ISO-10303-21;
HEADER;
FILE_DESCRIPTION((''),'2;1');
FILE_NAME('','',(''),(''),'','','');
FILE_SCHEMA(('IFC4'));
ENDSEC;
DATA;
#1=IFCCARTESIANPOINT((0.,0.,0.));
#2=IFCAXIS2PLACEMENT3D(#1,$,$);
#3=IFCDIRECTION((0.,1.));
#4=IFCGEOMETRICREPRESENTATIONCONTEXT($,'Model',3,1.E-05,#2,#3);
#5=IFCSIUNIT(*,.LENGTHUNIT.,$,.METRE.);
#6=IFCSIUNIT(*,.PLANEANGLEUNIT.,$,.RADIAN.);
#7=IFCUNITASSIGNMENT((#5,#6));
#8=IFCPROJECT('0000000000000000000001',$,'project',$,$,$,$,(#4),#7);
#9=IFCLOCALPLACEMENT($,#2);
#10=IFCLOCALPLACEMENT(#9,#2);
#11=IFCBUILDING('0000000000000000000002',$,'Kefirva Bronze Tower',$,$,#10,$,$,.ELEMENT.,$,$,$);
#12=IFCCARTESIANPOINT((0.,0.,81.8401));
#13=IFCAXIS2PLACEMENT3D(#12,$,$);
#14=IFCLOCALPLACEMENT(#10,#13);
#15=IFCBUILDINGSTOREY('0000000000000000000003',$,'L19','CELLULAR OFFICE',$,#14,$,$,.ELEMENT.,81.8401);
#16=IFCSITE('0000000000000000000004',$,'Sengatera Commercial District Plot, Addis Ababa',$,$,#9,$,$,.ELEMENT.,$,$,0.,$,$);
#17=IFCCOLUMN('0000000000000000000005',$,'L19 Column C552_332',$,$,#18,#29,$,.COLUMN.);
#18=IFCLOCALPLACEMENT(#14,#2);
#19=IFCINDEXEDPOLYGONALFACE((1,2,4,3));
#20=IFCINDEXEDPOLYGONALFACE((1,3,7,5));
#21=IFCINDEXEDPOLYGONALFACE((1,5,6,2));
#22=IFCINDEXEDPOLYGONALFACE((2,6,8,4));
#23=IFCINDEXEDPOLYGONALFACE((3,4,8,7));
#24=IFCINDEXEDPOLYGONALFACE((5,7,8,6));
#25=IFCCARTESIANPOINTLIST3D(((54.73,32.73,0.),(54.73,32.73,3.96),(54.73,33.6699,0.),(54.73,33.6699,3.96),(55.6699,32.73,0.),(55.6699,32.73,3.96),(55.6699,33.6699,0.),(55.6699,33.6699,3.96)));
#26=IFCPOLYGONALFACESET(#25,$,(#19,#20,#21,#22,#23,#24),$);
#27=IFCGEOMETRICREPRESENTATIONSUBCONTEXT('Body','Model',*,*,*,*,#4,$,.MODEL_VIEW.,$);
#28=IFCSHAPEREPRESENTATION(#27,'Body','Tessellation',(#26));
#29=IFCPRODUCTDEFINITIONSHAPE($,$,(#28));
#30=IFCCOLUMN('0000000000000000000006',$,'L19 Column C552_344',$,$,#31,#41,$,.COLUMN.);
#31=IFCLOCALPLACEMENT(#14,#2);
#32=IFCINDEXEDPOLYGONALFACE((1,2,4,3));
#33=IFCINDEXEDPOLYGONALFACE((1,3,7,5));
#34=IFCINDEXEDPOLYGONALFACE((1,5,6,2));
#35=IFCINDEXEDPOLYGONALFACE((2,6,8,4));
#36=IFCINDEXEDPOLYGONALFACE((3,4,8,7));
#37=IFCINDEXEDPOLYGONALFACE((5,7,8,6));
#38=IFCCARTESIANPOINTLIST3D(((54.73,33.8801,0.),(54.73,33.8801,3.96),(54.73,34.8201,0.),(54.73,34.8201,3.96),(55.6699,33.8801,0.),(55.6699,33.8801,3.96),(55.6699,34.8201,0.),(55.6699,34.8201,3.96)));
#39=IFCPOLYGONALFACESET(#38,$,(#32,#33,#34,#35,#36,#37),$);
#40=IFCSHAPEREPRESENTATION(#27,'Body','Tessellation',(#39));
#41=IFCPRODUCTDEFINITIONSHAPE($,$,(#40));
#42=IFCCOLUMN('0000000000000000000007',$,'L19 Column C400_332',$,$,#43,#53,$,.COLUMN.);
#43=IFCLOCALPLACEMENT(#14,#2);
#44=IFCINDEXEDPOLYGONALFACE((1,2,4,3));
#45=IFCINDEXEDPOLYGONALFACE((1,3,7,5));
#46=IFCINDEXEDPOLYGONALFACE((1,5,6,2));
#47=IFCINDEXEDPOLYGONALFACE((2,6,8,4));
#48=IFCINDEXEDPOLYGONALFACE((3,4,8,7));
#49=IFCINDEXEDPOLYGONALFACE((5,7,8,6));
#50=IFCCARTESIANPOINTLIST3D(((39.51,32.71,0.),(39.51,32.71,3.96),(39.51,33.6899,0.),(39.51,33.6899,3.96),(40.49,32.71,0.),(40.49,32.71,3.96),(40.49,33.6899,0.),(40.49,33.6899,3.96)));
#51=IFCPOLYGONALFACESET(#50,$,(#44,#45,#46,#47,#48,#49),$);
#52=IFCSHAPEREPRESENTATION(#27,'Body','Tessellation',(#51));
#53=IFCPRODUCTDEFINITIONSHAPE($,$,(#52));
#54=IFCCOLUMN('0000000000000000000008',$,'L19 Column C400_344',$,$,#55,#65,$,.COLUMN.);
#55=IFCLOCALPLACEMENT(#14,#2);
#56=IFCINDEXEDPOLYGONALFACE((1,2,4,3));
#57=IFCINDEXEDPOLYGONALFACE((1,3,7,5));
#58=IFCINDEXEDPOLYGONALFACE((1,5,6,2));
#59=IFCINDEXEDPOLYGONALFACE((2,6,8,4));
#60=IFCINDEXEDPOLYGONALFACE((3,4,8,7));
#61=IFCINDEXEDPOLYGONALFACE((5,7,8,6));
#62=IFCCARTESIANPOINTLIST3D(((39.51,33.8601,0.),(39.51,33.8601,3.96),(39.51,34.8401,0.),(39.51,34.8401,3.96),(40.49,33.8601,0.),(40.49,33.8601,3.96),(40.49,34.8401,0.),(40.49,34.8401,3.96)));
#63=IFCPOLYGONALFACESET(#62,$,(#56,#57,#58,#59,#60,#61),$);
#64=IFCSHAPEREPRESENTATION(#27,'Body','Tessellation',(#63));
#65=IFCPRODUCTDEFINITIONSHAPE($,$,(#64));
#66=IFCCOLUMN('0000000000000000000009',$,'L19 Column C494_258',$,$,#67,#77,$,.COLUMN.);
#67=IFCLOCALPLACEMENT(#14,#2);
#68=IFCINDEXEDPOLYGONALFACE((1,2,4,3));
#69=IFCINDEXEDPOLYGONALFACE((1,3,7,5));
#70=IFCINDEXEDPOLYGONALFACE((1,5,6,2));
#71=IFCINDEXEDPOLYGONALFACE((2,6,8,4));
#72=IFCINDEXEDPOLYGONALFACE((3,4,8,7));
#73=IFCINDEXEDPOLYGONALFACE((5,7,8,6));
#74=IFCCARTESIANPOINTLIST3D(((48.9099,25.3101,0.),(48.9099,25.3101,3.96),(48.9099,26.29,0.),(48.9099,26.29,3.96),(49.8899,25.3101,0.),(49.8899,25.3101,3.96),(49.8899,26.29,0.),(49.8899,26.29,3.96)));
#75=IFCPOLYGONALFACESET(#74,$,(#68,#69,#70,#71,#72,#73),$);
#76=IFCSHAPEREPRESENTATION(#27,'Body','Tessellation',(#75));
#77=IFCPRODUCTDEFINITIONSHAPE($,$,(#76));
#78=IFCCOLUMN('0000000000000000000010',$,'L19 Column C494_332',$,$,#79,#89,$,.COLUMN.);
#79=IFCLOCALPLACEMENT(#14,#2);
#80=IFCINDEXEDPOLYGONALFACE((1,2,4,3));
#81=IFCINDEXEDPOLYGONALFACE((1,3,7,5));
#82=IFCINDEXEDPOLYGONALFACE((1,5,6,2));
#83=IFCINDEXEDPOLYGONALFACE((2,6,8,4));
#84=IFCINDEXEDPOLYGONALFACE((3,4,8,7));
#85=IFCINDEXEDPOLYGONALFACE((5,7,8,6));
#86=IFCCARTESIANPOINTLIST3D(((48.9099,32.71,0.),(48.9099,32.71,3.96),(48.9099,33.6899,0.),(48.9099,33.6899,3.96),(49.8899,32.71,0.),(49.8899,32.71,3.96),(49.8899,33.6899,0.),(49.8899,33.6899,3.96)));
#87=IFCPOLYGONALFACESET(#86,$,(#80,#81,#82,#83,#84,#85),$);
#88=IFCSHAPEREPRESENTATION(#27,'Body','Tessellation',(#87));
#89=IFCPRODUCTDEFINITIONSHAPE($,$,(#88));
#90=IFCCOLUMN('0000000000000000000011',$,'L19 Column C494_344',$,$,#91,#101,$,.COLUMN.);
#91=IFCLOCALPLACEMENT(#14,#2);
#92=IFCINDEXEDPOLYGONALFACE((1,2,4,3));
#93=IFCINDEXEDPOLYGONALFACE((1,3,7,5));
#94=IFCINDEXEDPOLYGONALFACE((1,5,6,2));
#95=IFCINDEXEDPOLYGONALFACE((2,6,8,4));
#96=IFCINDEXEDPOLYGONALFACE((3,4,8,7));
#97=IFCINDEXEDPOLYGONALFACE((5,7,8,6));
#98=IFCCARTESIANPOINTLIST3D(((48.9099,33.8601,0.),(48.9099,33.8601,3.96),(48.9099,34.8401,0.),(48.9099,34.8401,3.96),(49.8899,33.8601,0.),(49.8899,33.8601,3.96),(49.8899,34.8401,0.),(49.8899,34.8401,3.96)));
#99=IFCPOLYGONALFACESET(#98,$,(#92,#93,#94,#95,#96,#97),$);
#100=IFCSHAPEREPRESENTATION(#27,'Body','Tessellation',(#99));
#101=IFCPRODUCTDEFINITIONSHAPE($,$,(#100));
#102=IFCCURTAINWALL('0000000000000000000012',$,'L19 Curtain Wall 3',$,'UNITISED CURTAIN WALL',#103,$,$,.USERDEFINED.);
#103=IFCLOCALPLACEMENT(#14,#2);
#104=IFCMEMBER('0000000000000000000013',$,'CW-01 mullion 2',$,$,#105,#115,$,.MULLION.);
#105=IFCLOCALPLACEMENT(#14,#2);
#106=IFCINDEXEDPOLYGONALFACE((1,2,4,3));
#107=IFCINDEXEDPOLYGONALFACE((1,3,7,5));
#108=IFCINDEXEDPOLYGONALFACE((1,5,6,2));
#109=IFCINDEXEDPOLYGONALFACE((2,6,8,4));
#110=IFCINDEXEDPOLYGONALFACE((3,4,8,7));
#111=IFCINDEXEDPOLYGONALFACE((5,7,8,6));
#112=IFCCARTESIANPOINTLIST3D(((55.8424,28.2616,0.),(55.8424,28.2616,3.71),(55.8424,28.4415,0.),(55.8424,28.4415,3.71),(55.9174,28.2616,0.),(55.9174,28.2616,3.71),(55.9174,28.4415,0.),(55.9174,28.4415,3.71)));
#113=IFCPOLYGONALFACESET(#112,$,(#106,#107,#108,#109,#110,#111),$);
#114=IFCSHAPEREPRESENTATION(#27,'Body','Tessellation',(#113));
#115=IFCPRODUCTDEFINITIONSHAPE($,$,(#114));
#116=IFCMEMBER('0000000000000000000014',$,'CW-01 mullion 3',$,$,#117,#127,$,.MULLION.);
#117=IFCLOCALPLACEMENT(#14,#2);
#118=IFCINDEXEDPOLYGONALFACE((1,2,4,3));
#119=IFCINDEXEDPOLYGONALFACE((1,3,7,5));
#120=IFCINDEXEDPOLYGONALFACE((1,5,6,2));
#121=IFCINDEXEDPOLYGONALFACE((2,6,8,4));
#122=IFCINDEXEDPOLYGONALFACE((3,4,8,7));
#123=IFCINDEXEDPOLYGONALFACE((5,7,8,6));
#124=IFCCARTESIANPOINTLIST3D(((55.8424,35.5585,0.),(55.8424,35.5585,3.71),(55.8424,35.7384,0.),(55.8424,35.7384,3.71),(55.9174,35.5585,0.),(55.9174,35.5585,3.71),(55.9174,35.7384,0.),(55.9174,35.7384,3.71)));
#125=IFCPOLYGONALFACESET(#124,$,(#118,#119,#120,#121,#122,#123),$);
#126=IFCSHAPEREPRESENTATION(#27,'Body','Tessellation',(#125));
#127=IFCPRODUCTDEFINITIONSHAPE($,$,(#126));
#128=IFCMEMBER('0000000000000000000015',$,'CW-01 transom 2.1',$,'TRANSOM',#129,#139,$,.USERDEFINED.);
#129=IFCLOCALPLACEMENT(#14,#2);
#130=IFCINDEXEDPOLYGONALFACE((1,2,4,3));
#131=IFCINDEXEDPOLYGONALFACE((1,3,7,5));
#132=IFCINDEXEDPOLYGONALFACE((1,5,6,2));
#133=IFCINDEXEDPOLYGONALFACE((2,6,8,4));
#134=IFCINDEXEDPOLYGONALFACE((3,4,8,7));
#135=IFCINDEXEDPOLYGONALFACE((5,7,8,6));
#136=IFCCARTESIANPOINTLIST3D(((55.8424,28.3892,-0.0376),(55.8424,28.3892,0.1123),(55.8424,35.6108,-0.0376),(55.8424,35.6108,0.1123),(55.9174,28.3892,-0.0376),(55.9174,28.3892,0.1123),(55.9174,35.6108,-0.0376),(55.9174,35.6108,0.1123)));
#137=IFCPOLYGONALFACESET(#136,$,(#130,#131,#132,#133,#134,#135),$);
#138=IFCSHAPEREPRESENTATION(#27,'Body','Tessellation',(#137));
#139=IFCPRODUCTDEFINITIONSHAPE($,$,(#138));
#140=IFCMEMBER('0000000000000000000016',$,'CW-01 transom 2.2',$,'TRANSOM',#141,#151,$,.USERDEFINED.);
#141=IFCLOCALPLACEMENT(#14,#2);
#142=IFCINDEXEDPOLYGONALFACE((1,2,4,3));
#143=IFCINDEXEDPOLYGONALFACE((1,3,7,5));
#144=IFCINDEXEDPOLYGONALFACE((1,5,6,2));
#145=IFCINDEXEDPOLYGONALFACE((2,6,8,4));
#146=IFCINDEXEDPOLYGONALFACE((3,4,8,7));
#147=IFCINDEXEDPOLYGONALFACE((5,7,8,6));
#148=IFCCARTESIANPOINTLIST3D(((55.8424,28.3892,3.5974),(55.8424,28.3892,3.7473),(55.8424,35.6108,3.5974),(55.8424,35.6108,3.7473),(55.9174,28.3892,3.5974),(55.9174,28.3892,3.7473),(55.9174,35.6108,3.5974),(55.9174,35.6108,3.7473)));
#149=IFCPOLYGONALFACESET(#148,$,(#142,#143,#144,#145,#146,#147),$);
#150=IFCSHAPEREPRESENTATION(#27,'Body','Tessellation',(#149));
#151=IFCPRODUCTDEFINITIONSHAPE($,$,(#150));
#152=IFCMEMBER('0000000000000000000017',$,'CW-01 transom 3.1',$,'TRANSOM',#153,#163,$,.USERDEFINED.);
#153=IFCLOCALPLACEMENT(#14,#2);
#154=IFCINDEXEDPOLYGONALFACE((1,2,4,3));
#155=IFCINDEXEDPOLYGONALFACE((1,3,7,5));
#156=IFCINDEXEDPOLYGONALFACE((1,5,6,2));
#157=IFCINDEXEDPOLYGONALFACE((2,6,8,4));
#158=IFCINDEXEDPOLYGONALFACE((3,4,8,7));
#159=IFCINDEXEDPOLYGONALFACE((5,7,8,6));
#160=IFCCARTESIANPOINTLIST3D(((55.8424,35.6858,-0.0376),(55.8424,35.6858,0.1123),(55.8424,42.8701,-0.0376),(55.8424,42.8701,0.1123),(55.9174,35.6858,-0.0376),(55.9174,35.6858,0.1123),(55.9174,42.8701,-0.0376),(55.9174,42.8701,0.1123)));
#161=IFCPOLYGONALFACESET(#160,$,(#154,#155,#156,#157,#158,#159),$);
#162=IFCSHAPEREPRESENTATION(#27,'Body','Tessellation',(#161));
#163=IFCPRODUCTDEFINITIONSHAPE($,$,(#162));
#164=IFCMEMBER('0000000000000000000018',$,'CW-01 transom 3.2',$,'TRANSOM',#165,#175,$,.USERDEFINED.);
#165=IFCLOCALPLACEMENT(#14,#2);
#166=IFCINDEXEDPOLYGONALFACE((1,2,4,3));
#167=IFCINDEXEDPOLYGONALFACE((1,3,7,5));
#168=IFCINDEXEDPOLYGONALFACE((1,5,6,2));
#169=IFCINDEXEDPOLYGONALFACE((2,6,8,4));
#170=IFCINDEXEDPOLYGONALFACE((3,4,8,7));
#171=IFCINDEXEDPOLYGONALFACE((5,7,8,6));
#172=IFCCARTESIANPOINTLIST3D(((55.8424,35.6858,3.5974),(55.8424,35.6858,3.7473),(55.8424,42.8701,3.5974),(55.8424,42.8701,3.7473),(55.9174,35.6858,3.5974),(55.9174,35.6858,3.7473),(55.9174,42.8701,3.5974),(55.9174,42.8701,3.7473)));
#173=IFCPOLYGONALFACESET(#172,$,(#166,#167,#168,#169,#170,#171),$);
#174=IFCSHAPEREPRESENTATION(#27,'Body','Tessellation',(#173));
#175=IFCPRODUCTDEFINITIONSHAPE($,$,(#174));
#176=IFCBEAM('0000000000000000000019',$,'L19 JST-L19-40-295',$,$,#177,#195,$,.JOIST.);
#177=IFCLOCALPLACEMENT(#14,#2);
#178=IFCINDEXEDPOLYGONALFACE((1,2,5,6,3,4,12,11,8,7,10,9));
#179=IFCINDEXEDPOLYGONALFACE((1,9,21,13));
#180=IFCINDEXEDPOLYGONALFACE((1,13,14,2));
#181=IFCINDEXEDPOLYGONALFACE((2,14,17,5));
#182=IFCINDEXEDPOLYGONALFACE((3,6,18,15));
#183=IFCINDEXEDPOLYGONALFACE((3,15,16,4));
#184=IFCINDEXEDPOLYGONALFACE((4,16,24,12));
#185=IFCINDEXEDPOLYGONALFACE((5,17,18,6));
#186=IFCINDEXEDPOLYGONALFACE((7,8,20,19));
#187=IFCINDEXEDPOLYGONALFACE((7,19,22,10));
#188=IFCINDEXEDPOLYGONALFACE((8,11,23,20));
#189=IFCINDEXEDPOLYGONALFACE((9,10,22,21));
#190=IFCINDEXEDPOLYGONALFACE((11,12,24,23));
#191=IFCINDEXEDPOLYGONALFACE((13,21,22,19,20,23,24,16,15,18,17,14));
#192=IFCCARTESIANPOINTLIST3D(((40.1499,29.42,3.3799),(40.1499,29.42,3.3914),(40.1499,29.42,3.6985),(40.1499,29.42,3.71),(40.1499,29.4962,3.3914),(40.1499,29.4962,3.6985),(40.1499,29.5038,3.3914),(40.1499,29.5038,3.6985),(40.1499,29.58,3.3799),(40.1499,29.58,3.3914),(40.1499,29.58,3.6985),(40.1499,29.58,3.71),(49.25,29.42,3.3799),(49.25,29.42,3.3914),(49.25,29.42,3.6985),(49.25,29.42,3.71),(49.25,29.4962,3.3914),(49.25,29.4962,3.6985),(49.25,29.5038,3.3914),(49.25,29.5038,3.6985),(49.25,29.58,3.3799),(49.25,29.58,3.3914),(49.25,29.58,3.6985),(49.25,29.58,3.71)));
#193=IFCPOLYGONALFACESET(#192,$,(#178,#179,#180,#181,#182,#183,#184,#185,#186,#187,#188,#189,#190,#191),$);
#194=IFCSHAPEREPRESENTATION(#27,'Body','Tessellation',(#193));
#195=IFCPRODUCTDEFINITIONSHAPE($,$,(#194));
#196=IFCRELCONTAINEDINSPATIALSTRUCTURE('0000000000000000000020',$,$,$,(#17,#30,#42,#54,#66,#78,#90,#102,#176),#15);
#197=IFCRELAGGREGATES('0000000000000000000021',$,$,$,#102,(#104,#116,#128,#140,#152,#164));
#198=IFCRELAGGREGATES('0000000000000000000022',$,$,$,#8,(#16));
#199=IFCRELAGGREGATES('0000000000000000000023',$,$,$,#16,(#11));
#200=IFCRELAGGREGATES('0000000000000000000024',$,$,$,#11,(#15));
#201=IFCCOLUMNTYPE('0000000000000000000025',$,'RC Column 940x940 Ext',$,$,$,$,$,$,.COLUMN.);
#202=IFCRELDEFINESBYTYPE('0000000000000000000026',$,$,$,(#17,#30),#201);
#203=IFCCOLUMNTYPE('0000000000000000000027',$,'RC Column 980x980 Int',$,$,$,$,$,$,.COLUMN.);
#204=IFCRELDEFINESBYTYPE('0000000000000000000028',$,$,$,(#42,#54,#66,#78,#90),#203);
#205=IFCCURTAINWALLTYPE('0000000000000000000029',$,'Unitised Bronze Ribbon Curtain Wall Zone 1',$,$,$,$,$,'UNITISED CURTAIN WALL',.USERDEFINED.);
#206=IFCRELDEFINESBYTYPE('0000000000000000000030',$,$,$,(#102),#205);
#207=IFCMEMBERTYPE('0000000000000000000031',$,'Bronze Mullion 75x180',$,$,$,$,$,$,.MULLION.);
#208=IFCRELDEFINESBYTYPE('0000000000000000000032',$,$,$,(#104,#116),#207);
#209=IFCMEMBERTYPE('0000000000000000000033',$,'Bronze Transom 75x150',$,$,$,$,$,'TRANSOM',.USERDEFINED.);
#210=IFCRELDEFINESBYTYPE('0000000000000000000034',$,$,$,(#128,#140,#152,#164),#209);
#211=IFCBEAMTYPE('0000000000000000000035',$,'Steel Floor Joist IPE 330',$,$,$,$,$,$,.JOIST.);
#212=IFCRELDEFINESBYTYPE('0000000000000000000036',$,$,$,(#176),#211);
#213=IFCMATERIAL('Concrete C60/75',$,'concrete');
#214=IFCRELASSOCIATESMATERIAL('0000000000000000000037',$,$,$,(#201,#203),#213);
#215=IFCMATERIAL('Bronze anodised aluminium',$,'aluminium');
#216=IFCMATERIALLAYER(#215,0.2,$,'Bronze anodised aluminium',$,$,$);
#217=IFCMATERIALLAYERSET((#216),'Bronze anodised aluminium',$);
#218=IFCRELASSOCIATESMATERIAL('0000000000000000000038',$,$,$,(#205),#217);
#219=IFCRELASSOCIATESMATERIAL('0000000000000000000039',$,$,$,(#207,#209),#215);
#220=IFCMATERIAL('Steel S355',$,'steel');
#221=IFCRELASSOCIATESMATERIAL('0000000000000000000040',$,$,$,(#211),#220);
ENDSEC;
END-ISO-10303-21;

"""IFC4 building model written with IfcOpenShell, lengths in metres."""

from ifc_helpers import new_model, si_unit, direction, frame, origin, origin_2d, place, context, subcontext, project, spatial, rectangle, i_section, extrude, material, layer, layer_set, material_profile, profile_set, type_object, element, aggregate, save


model = new_model("IFC4")

# Units and contexts
model_context = context("Model", 3, precision=1e-05, world=origin(), true_north=direction((0.0, 1.0)))
body_context = subcontext(model_context, "Body", "Model", "MODEL_VIEW")
ifc_project = project(units=[si_unit("LENGTHUNIT", "METRE"), si_unit("PLANEANGLEUNIT", "RADIAN")], contexts=[model_context])

# Site, building, storey
site_placement = place(None, origin())
site = spatial("IfcSite", under=ifc_project, at=site_placement, Name="Sengatera Commercial District Plot, Addis Ababa", CompositionType="ELEMENT", RefElevation=0.0)
building_placement = place(site_placement, origin())
building = spatial("IfcBuilding", under=site, at=building_placement, Name="Kefirva Bronze Tower", CompositionType="ELEMENT")
storey_placement = place(building_placement, frame((0.0, 0.0, 81.8401)))
storey = spatial("IfcBuildingStorey", under=building, at=storey_placement, Name="L19", Description="CELLULAR OFFICE", CompositionType="ELEMENT", Elevation=81.8401)

# Columns
ifc_material_1 = material(Name="Concrete C60/75", Category="concrete")
ifc_material_profile_1 = material_profile(ifc_material_1, rectangle(XDim=0.9399, YDim=0.9399, at=origin_2d()), Name="RC 940x940")
ifc_profile_set_1 = profile_set([ifc_material_profile_1], Name="Concrete C60/75")
column_type_1 = type_object("IfcColumnType", Name="RC Column 940x940 Ext", PredefinedType="COLUMN", material=ifc_profile_set_1)
for number, where, z_axis, x_axis, name in (
    (1, (55.2, 33.2, 0.0), (0.0, 0.0, 1.0), (1.0, 0.0, 0.0), "L19 Column C552_332"),
    (2, (55.2, 34.3501, 0.0), (0.0, 0.0, 1.0), (1.0, 0.0, 0.0), "L19 Column C552_344"),
):
    element("IfcColumn", number, at=place(storey_placement, frame(where, z_axis=z_axis, x_axis=x_axis)), inside=storey, type_object=column_type_1, Name=name, PredefinedType="COLUMN", context=body_context, shape_type="SweptSolid", body=[
        extrude(rectangle(XDim=0.9399, YDim=0.9399, at=origin_2d()), origin(), (0.0, 0.0, 1.0), 3.96),
    ])
ifc_material_profile_2 = material_profile(ifc_material_1, rectangle(XDim=0.98, YDim=0.98, at=origin_2d()), Name="RC 980x980")
ifc_profile_set_2 = profile_set([ifc_material_profile_2], Name="Concrete C60/75")
column_type_2 = type_object("IfcColumnType", Name="RC Column 980x980 Int", PredefinedType="COLUMN", material=ifc_profile_set_2)
for number, where, z_axis, x_axis, name in (
    (3, (40.0, 33.2, 0.0), (0.0, 0.0, 1.0), (1.0, 0.0, 0.0), "L19 Column C400_332"),
    (4, (40.0, 34.3501, 0.0), (0.0, 0.0, 1.0), (1.0, 0.0, 0.0), "L19 Column C400_344"),
    (5, (49.3999, 25.8, 0.0), (0.0, 0.0, 1.0), (1.0, 0.0, 0.0), "L19 Column C494_258"),
    (6, (49.3999, 33.2, 0.0), (0.0, 0.0, 1.0), (1.0, 0.0, 0.0), "L19 Column C494_332"),
    (7, (49.3999, 34.3501, 0.0), (0.0, 0.0, 1.0), (1.0, 0.0, 0.0), "L19 Column C494_344"),
):
    element("IfcColumn", number, at=place(storey_placement, frame(where, z_axis=z_axis, x_axis=x_axis)), inside=storey, type_object=column_type_2, Name=name, PredefinedType="COLUMN", context=body_context, shape_type="SweptSolid", body=[
        extrude(rectangle(XDim=0.98, YDim=0.98, at=origin_2d()), origin(), (0.0, 0.0, 1.0), 3.96),
    ])

# Curtain wall, members
ifc_material_2 = material(Name="Bronze anodised aluminium", Category="aluminium")
ifc_layer_1 = layer(ifc_material_2, 0.2, Name="Bronze anodised aluminium")
ifc_layer_set_1 = layer_set([ifc_layer_1], Name="Bronze anodised aluminium")
curtain_wall_type = type_object("IfcCurtainWallType", Name="Unitised Bronze Ribbon Curtain Wall Zone 1", ElementType="UNITISED CURTAIN WALL", PredefinedType="USERDEFINED", material=ifc_layer_set_1)
curtain_wall_placement = place(storey_placement, origin())
curtain_wall = element("IfcCurtainWall", 8, at=curtain_wall_placement, inside=storey, type_object=curtain_wall_type, Name="L19 Curtain Wall 3", ObjectType="UNITISED CURTAIN WALL", PredefinedType="USERDEFINED")
ifc_material_profile_3 = material_profile(ifc_material_2, rectangle(XDim=0.075, YDim=0.1799, at=origin_2d()), Name="ALU 75x180")
ifc_profile_set_3 = profile_set([ifc_material_profile_3], Name="Bronze anodised aluminium")
member_type_1 = type_object("IfcMemberType", Name="Bronze Mullion 75x180", PredefinedType="MULLION", material=ifc_profile_set_3)
member_1_placement = place(storey_placement, frame((55.8799, 28.3516, 0.0), z_axis=(0.0, 0.0, 1.0), x_axis=(-1.0, 0.0, 0.0)))
member_1 = element("IfcMember", 9, at=member_1_placement, type_object=member_type_1, Name="CW-01 mullion 2", PredefinedType="MULLION", context=body_context, shape_type="SweptSolid", body=[
    extrude(rectangle(XDim=0.075, YDim=0.1799, at=origin_2d()), origin(), (0.0, 0.0, 1.0), 3.71),
])
member_2_placement = place(storey_placement, frame((55.8799, 35.6484, 0.0), z_axis=(0.0, 0.0, 1.0), x_axis=(-1.0, 0.0, 0.0)))
member_2 = element("IfcMember", 10, at=member_2_placement, type_object=member_type_1, Name="CW-01 mullion 3", PredefinedType="MULLION", context=body_context, shape_type="SweptSolid", body=[
    extrude(rectangle(XDim=0.075, YDim=0.1799, at=origin_2d()), origin(), (0.0, 0.0, 1.0), 3.71),
])
ifc_material_profile_4 = material_profile(ifc_material_2, rectangle(XDim=0.075, YDim=0.1499, at=origin_2d()), Name="ALU 75x150")
ifc_profile_set_4 = profile_set([ifc_material_profile_4], Name="Bronze anodised aluminium")
member_type_2 = type_object("IfcMemberType", Name="Bronze Transom 75x150", ElementType="TRANSOM", PredefinedType="USERDEFINED", material=ifc_profile_set_4)
member_3_placement = place(storey_placement, frame((55.8799, 28.3892, 0.0374), z_axis=(0.0, 1.0, 0.0), x_axis=(-1.0, 0.0, 0.0)))
member_3 = element("IfcMember", 11, at=member_3_placement, type_object=member_type_2, Name="CW-01 transom 2.1", ObjectType="TRANSOM", PredefinedType="USERDEFINED", context=body_context, shape_type="SweptSolid", body=[
    extrude(rectangle(XDim=0.075, YDim=0.1499, at=origin_2d()), origin(), (0.0, 0.0, 1.0), 7.2217),
])
member_4_placement = place(storey_placement, frame((55.8799, 28.3892, 3.6724), z_axis=(0.0, 1.0, 0.0), x_axis=(-1.0, 0.0, 0.0)))
member_4 = element("IfcMember", 12, at=member_4_placement, type_object=member_type_2, Name="CW-01 transom 2.2", ObjectType="TRANSOM", PredefinedType="USERDEFINED", context=body_context, shape_type="SweptSolid", body=[
    extrude(rectangle(XDim=0.075, YDim=0.1499, at=origin_2d()), origin(), (0.0, 0.0, 1.0), 7.2217),
])
member_5_placement = place(storey_placement, frame((55.8799, 35.6858, 0.0374), z_axis=(0.0, 1.0, 0.0), x_axis=(-1.0, 0.0, 0.0)))
member_5 = element("IfcMember", 13, at=member_5_placement, type_object=member_type_2, Name="CW-01 transom 3.1", ObjectType="TRANSOM", PredefinedType="USERDEFINED", context=body_context, shape_type="SweptSolid", body=[
    extrude(rectangle(XDim=0.075, YDim=0.1499, at=origin_2d()), origin(), (0.0, 0.0, 1.0), 7.1843),
])
member_6_placement = place(storey_placement, frame((55.8799, 35.6858, 3.6724), z_axis=(0.0, 1.0, 0.0), x_axis=(-1.0, 0.0, 0.0)))
member_6 = element("IfcMember", 14, at=member_6_placement, type_object=member_type_2, Name="CW-01 transom 3.2", ObjectType="TRANSOM", PredefinedType="USERDEFINED", context=body_context, shape_type="SweptSolid", body=[
    extrude(rectangle(XDim=0.075, YDim=0.1499, at=origin_2d()), origin(), (0.0, 0.0, 1.0), 7.1843),
])

# Beam
ifc_material_3 = material(Name="Steel S355", Category="steel")
ifc_material_profile_5 = material_profile(ifc_material_3, i_section(OverallWidth=0.1599, OverallDepth=0.3301, WebThickness=0.0076, FlangeThickness=0.0115, at=origin_2d()), Name="IPE 330")
ifc_profile_set_5 = profile_set([ifc_material_profile_5], Name="Steel S355")
beam_type_1 = type_object("IfcBeamType", Name="Steel Floor Joist IPE 330", PredefinedType="JOIST", material=ifc_profile_set_5)
beam_1_placement = place(storey_placement, frame((40.1499, 29.5, 3.5449), z_axis=(1.0, 0.0, 0.0), x_axis=(0.0, 1.0, 0.0)))
element("IfcBeam", 15, at=beam_1_placement, inside=storey, type_object=beam_type_1, Name="L19 JST-L19-40-295", PredefinedType="JOIST", context=body_context, shape_type="SweptSolid", body=[
    extrude(i_section(OverallWidth=0.1599, OverallDepth=0.3301, WebThickness=0.0076, FlangeThickness=0.0115, at=origin_2d()), origin(), (0.0, 0.0, 1.0), 9.1001),
])

aggregate(curtain_wall, [member_1, member_2, member_3, member_4, member_5, member_6])

save(model, "model.ifc")
